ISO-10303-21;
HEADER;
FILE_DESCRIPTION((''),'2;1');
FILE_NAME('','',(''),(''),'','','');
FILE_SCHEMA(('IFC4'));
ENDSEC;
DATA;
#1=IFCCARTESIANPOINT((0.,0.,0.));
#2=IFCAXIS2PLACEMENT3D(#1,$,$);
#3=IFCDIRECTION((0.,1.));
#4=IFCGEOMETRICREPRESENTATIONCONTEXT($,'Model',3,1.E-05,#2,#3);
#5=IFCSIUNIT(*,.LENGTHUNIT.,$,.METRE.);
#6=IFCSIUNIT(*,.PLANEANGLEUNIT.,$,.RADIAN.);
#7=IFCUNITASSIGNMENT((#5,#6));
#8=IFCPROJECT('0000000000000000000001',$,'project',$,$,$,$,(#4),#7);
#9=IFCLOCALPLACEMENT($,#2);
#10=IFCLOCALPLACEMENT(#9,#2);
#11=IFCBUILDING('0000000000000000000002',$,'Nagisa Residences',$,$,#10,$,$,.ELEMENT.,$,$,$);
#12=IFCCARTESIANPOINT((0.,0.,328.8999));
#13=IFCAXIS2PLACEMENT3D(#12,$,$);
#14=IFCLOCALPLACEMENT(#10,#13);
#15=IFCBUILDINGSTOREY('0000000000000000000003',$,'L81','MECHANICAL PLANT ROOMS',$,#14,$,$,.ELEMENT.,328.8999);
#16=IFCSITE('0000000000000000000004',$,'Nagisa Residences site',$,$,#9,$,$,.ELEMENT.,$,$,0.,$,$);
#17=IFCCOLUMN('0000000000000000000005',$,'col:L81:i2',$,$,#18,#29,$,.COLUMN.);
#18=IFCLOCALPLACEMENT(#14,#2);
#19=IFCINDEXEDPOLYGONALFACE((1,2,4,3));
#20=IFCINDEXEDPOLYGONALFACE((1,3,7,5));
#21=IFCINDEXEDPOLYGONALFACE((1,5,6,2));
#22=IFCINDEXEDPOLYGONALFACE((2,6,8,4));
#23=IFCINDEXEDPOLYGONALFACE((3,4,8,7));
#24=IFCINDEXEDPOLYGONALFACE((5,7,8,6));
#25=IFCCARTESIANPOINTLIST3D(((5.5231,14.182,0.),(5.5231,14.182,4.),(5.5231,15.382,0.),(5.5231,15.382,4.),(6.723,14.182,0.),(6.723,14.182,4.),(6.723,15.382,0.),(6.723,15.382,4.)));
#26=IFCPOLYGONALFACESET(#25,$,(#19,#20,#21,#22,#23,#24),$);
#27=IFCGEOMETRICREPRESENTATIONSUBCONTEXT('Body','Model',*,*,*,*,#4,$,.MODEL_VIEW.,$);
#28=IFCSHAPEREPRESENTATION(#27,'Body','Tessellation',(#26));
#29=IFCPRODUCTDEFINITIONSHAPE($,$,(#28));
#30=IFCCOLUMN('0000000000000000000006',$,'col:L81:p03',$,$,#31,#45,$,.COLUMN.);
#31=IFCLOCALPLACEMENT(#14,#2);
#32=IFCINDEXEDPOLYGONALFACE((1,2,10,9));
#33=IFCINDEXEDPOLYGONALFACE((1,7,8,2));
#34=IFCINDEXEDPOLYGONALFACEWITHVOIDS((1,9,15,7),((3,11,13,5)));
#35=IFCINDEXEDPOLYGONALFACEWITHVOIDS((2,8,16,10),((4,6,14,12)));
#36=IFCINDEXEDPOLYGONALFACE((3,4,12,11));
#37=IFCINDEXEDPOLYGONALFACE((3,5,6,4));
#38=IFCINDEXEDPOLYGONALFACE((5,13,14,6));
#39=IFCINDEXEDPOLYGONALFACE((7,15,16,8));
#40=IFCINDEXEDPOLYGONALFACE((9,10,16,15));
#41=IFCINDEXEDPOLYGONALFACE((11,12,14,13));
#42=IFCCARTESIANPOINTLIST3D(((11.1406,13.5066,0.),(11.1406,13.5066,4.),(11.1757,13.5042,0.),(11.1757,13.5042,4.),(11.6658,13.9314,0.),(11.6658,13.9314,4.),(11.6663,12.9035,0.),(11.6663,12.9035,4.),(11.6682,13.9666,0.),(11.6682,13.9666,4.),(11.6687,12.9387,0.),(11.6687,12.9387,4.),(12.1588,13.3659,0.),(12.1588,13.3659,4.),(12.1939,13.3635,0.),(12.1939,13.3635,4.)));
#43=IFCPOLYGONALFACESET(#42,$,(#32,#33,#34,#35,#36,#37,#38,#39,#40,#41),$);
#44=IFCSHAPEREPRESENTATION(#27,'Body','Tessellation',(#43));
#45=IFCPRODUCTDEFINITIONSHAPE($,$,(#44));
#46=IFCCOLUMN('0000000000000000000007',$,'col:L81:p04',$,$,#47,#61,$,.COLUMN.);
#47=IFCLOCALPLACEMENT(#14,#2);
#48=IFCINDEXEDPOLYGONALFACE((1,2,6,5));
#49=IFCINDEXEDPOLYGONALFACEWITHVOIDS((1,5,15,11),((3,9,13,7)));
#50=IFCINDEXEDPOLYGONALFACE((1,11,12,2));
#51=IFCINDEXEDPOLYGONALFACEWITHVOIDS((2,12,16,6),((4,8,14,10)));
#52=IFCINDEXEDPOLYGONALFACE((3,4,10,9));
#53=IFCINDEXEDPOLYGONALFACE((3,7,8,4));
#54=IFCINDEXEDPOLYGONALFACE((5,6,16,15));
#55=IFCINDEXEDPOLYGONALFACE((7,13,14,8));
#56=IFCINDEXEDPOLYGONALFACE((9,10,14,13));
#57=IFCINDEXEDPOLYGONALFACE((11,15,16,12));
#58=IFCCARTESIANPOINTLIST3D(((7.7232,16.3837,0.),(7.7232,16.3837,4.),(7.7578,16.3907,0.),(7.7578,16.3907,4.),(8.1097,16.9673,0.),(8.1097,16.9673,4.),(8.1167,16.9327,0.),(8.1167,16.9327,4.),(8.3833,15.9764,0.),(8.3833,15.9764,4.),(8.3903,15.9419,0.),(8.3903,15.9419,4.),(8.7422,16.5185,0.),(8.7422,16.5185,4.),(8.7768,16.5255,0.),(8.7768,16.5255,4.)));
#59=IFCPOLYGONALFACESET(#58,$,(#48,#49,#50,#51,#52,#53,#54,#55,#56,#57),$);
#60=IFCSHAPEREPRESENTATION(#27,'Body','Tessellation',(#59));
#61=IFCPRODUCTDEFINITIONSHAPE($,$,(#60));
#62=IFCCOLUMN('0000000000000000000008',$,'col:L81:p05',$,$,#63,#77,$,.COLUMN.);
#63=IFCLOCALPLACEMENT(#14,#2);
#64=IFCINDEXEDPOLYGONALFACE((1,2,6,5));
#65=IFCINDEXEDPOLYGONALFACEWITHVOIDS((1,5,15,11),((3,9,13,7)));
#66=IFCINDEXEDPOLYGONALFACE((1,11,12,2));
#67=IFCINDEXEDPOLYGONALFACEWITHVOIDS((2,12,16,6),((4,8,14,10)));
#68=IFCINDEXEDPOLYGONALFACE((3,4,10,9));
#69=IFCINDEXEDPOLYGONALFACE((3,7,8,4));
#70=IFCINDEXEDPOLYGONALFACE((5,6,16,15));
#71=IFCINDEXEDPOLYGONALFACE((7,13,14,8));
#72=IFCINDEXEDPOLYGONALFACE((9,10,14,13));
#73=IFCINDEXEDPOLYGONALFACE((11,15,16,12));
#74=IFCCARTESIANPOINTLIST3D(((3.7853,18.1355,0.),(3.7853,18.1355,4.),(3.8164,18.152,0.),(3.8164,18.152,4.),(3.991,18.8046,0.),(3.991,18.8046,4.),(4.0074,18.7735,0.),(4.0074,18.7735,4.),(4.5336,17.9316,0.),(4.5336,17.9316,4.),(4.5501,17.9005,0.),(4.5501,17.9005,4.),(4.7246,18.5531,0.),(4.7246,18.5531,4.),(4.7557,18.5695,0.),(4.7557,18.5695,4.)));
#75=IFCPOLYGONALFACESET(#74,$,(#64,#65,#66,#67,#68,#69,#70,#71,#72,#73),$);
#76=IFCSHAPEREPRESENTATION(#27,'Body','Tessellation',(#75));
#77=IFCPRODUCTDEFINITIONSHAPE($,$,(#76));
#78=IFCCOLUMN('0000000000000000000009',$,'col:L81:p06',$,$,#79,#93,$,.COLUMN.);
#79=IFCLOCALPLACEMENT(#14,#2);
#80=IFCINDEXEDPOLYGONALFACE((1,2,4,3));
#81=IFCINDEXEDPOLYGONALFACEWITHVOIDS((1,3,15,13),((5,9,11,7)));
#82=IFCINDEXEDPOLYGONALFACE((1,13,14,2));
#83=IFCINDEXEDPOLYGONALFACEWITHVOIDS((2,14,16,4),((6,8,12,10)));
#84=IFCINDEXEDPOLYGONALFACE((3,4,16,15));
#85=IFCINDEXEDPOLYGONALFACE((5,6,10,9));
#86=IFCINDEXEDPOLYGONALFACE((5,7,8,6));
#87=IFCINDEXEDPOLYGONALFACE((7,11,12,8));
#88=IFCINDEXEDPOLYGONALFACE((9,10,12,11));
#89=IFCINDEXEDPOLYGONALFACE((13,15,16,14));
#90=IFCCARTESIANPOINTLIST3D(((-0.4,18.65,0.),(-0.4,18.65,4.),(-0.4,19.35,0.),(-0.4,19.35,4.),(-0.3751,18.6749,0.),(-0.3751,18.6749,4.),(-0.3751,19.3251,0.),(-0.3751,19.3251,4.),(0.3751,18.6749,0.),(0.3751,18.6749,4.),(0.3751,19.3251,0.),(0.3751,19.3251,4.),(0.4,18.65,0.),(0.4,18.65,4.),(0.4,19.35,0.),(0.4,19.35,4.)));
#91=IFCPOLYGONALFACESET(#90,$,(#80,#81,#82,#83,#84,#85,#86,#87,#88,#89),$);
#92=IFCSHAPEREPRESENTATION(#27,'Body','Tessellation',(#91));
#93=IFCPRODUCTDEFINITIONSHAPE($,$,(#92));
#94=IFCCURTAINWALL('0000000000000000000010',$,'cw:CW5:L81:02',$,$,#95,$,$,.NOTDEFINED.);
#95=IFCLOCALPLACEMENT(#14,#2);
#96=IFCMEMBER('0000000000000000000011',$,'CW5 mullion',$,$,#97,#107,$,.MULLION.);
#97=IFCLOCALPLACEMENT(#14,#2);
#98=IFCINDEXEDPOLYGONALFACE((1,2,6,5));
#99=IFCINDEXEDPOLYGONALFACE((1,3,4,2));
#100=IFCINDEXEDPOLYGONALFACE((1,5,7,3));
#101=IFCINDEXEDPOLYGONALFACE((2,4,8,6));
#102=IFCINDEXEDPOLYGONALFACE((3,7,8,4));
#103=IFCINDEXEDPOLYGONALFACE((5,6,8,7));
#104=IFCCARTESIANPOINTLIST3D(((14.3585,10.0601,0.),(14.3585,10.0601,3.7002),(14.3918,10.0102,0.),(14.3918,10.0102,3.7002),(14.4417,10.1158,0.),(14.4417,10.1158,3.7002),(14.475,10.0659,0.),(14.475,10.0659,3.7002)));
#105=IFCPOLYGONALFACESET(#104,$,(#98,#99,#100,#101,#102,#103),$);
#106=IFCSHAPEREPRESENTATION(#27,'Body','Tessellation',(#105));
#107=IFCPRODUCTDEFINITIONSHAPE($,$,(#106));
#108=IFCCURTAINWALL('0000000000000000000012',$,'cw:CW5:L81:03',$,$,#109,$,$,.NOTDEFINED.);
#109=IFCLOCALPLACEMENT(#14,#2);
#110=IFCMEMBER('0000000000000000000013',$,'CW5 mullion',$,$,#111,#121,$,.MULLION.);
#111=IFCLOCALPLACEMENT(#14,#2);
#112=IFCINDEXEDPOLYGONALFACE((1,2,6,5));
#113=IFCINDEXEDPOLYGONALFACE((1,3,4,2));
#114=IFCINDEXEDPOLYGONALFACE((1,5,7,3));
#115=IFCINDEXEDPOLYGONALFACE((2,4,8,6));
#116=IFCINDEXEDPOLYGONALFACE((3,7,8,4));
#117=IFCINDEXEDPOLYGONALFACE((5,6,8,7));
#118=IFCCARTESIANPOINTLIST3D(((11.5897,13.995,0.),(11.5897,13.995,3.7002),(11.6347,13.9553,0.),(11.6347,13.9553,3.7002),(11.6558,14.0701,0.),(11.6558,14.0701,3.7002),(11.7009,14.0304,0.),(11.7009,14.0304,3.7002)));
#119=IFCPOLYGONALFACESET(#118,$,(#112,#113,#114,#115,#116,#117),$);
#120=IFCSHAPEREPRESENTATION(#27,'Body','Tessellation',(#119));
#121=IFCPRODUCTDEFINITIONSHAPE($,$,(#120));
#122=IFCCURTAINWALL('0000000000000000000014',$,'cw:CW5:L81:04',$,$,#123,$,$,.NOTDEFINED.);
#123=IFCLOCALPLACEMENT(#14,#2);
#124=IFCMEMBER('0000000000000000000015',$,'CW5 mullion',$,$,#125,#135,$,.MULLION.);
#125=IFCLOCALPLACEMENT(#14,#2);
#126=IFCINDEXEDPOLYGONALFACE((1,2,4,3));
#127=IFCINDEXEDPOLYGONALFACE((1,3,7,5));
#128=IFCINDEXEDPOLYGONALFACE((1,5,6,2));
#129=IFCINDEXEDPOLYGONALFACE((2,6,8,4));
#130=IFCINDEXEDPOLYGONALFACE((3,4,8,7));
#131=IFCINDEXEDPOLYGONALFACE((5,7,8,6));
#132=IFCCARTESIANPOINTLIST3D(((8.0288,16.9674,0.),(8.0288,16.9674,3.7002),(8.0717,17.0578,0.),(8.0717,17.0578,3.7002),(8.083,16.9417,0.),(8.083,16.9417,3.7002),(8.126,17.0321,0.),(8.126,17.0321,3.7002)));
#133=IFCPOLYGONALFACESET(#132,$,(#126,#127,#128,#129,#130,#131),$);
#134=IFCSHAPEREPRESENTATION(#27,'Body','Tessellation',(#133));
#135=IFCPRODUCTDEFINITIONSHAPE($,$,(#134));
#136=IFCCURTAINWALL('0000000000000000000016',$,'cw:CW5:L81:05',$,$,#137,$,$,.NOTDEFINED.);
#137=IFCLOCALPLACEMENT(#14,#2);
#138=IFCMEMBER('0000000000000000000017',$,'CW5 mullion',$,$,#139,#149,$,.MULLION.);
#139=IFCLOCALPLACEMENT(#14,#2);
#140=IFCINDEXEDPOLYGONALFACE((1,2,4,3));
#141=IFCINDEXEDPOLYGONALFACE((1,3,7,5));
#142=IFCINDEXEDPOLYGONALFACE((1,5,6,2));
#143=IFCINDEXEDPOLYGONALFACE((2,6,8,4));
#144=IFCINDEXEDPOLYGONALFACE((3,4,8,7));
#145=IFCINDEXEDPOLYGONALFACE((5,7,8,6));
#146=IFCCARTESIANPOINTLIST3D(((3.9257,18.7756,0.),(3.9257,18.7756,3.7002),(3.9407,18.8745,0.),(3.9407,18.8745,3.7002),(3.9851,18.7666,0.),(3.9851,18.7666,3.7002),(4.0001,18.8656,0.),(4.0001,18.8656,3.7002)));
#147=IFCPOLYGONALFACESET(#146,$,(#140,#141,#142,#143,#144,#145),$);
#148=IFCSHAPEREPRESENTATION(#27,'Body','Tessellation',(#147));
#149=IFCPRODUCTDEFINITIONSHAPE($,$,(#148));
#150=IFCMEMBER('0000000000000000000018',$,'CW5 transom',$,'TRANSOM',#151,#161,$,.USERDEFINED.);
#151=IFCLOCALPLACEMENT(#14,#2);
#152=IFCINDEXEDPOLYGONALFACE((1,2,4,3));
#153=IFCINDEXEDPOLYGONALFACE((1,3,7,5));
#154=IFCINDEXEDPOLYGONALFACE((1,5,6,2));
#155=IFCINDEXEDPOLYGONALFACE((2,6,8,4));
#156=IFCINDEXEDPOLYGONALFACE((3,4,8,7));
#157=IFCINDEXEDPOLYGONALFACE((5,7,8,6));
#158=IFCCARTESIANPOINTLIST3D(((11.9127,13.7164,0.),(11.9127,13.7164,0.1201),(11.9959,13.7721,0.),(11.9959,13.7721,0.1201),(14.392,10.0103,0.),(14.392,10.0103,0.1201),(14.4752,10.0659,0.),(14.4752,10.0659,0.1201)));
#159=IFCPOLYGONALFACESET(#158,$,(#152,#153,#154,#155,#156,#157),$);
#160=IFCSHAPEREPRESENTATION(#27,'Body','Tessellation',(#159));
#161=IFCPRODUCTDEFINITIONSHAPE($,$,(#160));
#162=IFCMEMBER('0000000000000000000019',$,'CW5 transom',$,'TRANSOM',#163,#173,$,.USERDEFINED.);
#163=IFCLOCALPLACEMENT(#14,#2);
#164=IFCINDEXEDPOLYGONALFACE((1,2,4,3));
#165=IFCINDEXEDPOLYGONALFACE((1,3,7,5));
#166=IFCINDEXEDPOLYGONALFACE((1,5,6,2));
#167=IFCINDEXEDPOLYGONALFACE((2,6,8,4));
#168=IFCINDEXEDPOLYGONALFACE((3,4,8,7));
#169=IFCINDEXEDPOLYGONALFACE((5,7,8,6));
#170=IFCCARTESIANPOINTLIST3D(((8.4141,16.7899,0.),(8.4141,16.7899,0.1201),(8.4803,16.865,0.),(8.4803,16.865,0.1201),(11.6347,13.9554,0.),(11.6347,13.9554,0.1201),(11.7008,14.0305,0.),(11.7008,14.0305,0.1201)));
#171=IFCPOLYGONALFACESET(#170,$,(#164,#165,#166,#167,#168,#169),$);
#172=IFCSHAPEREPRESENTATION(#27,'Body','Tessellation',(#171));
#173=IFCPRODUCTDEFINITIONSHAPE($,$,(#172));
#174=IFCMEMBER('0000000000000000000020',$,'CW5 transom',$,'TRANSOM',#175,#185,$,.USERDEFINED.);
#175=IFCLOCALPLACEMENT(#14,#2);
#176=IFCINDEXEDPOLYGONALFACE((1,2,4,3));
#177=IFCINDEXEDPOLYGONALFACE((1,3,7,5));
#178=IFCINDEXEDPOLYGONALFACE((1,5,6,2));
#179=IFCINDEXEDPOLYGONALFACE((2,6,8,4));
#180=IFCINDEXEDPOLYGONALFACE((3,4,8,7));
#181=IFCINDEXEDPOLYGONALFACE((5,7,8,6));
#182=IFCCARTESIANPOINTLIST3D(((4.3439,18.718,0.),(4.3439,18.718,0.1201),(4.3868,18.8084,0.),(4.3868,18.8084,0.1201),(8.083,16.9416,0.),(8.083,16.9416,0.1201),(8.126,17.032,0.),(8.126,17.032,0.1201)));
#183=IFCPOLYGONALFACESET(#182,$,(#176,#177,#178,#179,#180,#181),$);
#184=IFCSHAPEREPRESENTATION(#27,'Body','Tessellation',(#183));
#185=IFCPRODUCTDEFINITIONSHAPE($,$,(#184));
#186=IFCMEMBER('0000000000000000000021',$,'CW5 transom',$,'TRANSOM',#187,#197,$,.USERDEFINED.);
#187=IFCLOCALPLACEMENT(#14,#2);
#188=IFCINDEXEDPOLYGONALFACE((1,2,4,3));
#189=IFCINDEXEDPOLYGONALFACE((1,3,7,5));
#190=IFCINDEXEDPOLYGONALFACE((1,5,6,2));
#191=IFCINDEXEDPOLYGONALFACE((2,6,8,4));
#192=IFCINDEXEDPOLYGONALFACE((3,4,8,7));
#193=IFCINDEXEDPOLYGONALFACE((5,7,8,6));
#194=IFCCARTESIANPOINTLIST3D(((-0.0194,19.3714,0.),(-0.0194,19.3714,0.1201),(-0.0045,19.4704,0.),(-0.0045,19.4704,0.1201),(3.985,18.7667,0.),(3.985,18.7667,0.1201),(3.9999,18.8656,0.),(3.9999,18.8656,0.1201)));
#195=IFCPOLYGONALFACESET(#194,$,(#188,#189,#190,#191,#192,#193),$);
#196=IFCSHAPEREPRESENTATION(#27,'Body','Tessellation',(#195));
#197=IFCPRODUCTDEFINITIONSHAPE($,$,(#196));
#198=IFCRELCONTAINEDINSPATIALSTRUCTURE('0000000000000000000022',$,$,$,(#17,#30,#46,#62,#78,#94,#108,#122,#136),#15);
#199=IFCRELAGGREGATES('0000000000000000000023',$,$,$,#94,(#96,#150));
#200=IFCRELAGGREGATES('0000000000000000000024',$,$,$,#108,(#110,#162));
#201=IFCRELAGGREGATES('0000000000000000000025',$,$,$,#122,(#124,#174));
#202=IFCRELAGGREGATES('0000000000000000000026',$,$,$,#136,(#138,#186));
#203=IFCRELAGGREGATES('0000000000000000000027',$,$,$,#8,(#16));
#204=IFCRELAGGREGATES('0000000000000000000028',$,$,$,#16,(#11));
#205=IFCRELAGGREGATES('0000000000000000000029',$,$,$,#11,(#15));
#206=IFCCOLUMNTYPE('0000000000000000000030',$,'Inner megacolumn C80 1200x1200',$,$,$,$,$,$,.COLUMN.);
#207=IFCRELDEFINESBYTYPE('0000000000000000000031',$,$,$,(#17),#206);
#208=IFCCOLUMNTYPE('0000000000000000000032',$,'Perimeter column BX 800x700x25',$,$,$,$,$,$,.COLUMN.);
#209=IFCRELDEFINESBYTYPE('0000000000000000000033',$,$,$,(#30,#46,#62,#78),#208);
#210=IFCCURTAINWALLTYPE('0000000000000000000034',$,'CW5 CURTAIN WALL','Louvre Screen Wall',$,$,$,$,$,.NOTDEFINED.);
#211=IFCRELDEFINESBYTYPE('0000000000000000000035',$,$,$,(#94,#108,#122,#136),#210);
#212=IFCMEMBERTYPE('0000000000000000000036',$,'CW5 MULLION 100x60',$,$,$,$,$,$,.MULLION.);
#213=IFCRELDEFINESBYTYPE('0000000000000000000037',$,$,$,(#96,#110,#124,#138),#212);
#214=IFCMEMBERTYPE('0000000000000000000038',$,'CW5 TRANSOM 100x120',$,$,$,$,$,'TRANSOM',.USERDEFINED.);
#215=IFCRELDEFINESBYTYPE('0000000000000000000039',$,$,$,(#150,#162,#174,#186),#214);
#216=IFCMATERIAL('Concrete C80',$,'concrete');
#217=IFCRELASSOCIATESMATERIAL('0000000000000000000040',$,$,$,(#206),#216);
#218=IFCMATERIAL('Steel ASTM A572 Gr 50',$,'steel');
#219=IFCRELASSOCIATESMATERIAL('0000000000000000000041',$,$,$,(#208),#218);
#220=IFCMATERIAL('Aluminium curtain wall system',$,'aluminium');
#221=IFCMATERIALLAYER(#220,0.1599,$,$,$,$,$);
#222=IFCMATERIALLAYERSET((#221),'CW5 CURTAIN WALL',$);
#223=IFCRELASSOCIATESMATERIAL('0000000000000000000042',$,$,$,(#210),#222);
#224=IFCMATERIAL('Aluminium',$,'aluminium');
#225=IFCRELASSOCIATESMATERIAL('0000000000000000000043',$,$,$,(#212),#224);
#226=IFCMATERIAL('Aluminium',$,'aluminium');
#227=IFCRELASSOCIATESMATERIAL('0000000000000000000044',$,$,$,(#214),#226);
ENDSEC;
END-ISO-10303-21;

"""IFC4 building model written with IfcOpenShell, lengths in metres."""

from ifc_helpers import new_model, si_unit, direction, frame, origin, origin_2d, place, context, subcontext, project, spatial, rectangle, hollow_rectangle, extrude, material, layer, layer_set, material_profile, profile_set, type_object, element, aggregate, save


model = new_model("IFC4")

# Units and contexts
model_context = context("Model", 3, precision=1e-05, world=origin(), true_north=direction((0.0, 1.0)))
body_context = subcontext(model_context, "Body", "Model", "MODEL_VIEW")
ifc_project = project(units=[si_unit("LENGTHUNIT", "METRE"), si_unit("PLANEANGLEUNIT", "RADIAN")], contexts=[model_context])

# Site, building, storey
site_placement = place(None, origin())
site = spatial("IfcSite", under=ifc_project, at=site_placement, Name="Nagisa Residences site", CompositionType="ELEMENT", RefElevation=0.0)
building_placement = place(site_placement, origin())
building = spatial("IfcBuilding", under=site, at=building_placement, Name="Nagisa Residences", CompositionType="ELEMENT")
storey_placement = place(building_placement, frame((0.0, 0.0, 328.8999)))
storey = spatial("IfcBuildingStorey", under=building, at=storey_placement, Name="L81", Description="MECHANICAL PLANT ROOMS", CompositionType="ELEMENT", Elevation=328.8999)

# Columns
ifc_material_1 = material(Name="Concrete C80", Category="concrete")
ifc_material_profile_1 = material_profile(ifc_material_1, rectangle(XDim=1.2, YDim=1.2, at=origin_2d()), Name="C80 1200x1200")
ifc_profile_set_1 = profile_set([ifc_material_profile_1], Name="Concrete C80")
column_type_1 = type_object("IfcColumnType", Name="Inner megacolumn C80 1200x1200", PredefinedType="COLUMN", material=ifc_profile_set_1)
column_placement = place(storey_placement, frame((6.123, 14.782, 0.0), z_axis=(0.0, 0.0, 1.0), x_axis=(1.0, 0.0, 0.0)))
element("IfcColumn", 1, at=column_placement, inside=storey, type_object=column_type_1, Name="col:L81:i2", PredefinedType="COLUMN", context=body_context, shape_type="SweptSolid", body=[
    extrude(rectangle(XDim=1.2, YDim=1.2, at=origin_2d()), origin(), (0.0, 0.0, 1.0), 4.0),
])
ifc_material_2 = material(Name="Steel ASTM A572 Gr 50", Category="steel")
ifc_material_profile_2 = material_profile(ifc_material_2, hollow_rectangle(XDim=0.8, YDim=0.7, WallThickness=0.0249, at=origin_2d()), Name="BX 800x700x25")
ifc_profile_set_2 = profile_set([ifc_material_profile_2], Name="Steel ASTM A572 Gr 50")
column_type_2 = type_object("IfcColumnType", Name="Perimeter column BX 800x700x25", PredefinedType="COLUMN", material=ifc_profile_set_2)
for number, where, z_axis, x_axis, name in (
    (2, (11.6672, 13.4351, 0.0), (0.0, 0.0, 1.0), (-0.657135, 0.753773, 0.0), "col:L81:p03"),
    (3, (8.25, 16.4546, 0.0), (0.0, 0.0, 1.0), (-0.833744, 0.552151, 0.0), "col:L81:p04"),
    (4, (4.2705, 18.3525, 0.0), (0.0, 0.0, 1.0), (-0.95587, 0.29379, 0.0), "col:L81:p05"),
    (5, (0.0, 19.0, 0.0), (0.0, 0.0, 1.0), (-1.0, 0.0, 0.0), "col:L81:p06"),
):
    element("IfcColumn", number, at=place(storey_placement, frame(where, z_axis=z_axis, x_axis=x_axis)), inside=storey, type_object=column_type_2, Name=name, PredefinedType="COLUMN", context=body_context, shape_type="SweptSolid", body=[
        extrude(hollow_rectangle(XDim=0.8, YDim=0.7, WallThickness=0.0249, at=origin_2d()), origin(), (0.0, 0.0, 1.0), 4.0),
    ])

# Curtain walls, members
ifc_material_3 = material(Name="Aluminium curtain wall system", Category="aluminium")
ifc_layer_1 = layer(ifc_material_3, 0.1599)
ifc_layer_set_1 = layer_set([ifc_layer_1], Name="CW5 CURTAIN WALL")
curtain_wall_type = type_object("IfcCurtainWallType", Name="CW5 CURTAIN WALL", Description="Louvre Screen Wall", PredefinedType="NOTDEFINED", material=ifc_layer_set_1)
curtain_wall_1_placement = place(storey_placement, origin())
curtain_wall_1 = element("IfcCurtainWall", 6, at=curtain_wall_1_placement, inside=storey, type_object=curtain_wall_type, Name="cw:CW5:L81:02", PredefinedType="NOTDEFINED")
ifc_material_4 = material(Name="Aluminium", Category="aluminium")
ifc_material_profile_3 = material_profile(ifc_material_4, rectangle(XDim=0.1001, YDim=0.0601, at=origin_2d()), Name="CW5 MULLION 100x60")
ifc_profile_set_3 = profile_set([ifc_material_profile_3], Name="Aluminium")
member_type_1 = type_object("IfcMemberType", Name="CW5 MULLION 100x60", PredefinedType="MULLION", material=ifc_profile_set_3)
member_1_placement = place(storey_placement, frame((14.4167, 10.063, 0.0), z_axis=(0.0, 0.0, 1.0), x_axis=(-0.831173, -0.556014, 0.0)))
member_1 = element("IfcMember", 7, at=member_1_placement, type_object=member_type_1, Name="CW5 mullion", PredefinedType="MULLION", context=body_context, shape_type="SweptSolid", body=[
    extrude(rectangle(XDim=0.1001, YDim=0.0601, at=origin_2d()), origin(), (0.0, 0.0, 1.0), 3.7002),
])
curtain_wall_2_placement = place(storey_placement, origin())
curtain_wall_2 = element("IfcCurtainWall", 8, at=curtain_wall_2_placement, inside=storey, type_object=curtain_wall_type, Name="cw:CW5:L81:03", PredefinedType="NOTDEFINED")
member_2_placement = place(storey_placement, frame((11.6453, 14.0127, 0.0), z_axis=(0.0, 0.0, 1.0), x_axis=(-0.660699, -0.750651, 0.0)))
member_2 = element("IfcMember", 9, at=member_2_placement, type_object=member_type_1, Name="CW5 mullion", PredefinedType="MULLION", context=body_context, shape_type="SweptSolid", body=[
    extrude(rectangle(XDim=0.1001, YDim=0.0601, at=origin_2d()), origin(), (0.0, 0.0, 1.0), 3.7002),
])
curtain_wall_3_placement = place(storey_placement, origin())
curtain_wall_3 = element("IfcCurtainWall", 10, at=curtain_wall_3_placement, inside=storey, type_object=curtain_wall_type, Name="cw:CW5:L81:04", PredefinedType="NOTDEFINED")
member_3_placement = place(storey_placement, frame((8.0774, 16.9998, 0.0), z_axis=(0.0, 0.0, 1.0), x_axis=(-0.429151, -0.903233, 0.0)))
member_3 = element("IfcMember", 11, at=member_3_placement, type_object=member_type_1, Name="CW5 mullion", PredefinedType="MULLION", context=body_context, shape_type="SweptSolid", body=[
    extrude(rectangle(XDim=0.1001, YDim=0.0601, at=origin_2d()), origin(), (0.0, 0.0, 1.0), 3.7002),
])
curtain_wall_4_placement = place(storey_placement, origin())
curtain_wall_4 = element("IfcCurtainWall", 12, at=curtain_wall_4_placement, inside=storey, type_object=curtain_wall_type, Name="cw:CW5:L81:05", PredefinedType="NOTDEFINED")
member_4_placement = place(storey_placement, frame((3.9629, 18.8206, 0.0), z_axis=(0.0, 0.0, 1.0), x_axis=(-0.14932, -0.988789, 0.0)))
member_4 = element("IfcMember", 13, at=member_4_placement, type_object=member_type_1, Name="CW5 mullion", PredefinedType="MULLION", context=body_context, shape_type="SweptSolid", body=[
    extrude(rectangle(XDim=0.1001, YDim=0.0601, at=origin_2d()), origin(), (0.0, 0.0, 1.0), 3.7002),
])

# Members
ifc_material_5 = material(Name="Aluminium", Category="aluminium")
ifc_material_profile_4 = material_profile(ifc_material_5, rectangle(XDim=0.1001, YDim=0.1201, at=origin_2d()), Name="CW5 TRANSOM 100x120")
ifc_profile_set_4 = profile_set([ifc_material_profile_4], Name="Aluminium")
member_type_2 = type_object("IfcMemberType", Name="CW5 TRANSOM 100x120", ElementType="TRANSOM", PredefinedType="USERDEFINED", material=ifc_profile_set_4)
member_5_placement = place(storey_placement, frame((14.4336, 10.0381, 0.0601), z_axis=(-0.556026, 0.831165, 0.0), x_axis=(-0.831165, -0.556026, 0.0)))
member_5 = element("IfcMember", 14, at=member_5_placement, type_object=member_type_2, Name="CW5 transom", ObjectType="TRANSOM", PredefinedType="USERDEFINED", context=body_context, shape_type="SweptSolid", body=[
    extrude(rectangle(XDim=0.1001, YDim=0.1201, at=origin_2d()), origin(), (0.0, 0.0, 1.0), 4.459),
])
member_6_placement = place(storey_placement, frame((11.6677, 13.9929, 0.0601), z_axis=(-0.750659, 0.660689, 0.0), x_axis=(-0.660689, -0.750659, 0.0)))
member_6 = element("IfcMember", 15, at=member_6_placement, type_object=member_type_2, Name="CW5 transom", ObjectType="TRANSOM", PredefinedType="USERDEFINED", context=body_context, shape_type="SweptSolid", body=[
    extrude(rectangle(XDim=0.1001, YDim=0.1201, at=origin_2d()), origin(), (0.0, 0.0, 1.0), 4.2903),
])
member_7_placement = place(storey_placement, frame((8.1045, 16.9868, 0.0601), z_axis=(-0.903246, 0.429123, 0.0), x_axis=(-0.429123, -0.903246, 0.0)))
member_7 = element("IfcMember", 16, at=member_7_placement, type_object=member_type_2, Name="CW5 transom", ObjectType="TRANSOM", PredefinedType="USERDEFINED", context=body_context, shape_type="SweptSolid", body=[
    extrude(rectangle(XDim=0.1001, YDim=0.1201, at=origin_2d()), origin(), (0.0, 0.0, 1.0), 4.1396),
])
member_8_placement = place(storey_placement, frame((3.9924, 18.8162, 0.0601), z_axis=(-0.988788, 0.149325, 0.0), x_axis=(-0.149325, -0.988788, 0.0)))
member_8 = element("IfcMember", 17, at=member_8_placement, type_object=member_type_2, Name="CW5 transom", ObjectType="TRANSOM", PredefinedType="USERDEFINED", context=body_context, shape_type="SweptSolid", body=[
    extrude(rectangle(XDim=0.1001, YDim=0.1201, at=origin_2d()), origin(), (0.0, 0.0, 1.0), 4.0498),
])

aggregate(curtain_wall_1, [member_1, member_5])
aggregate(curtain_wall_2, [member_2, member_6])
aggregate(curtain_wall_3, [member_3, member_7])
aggregate(curtain_wall_4, [member_4, member_8])

save(model, "model.ifc")
